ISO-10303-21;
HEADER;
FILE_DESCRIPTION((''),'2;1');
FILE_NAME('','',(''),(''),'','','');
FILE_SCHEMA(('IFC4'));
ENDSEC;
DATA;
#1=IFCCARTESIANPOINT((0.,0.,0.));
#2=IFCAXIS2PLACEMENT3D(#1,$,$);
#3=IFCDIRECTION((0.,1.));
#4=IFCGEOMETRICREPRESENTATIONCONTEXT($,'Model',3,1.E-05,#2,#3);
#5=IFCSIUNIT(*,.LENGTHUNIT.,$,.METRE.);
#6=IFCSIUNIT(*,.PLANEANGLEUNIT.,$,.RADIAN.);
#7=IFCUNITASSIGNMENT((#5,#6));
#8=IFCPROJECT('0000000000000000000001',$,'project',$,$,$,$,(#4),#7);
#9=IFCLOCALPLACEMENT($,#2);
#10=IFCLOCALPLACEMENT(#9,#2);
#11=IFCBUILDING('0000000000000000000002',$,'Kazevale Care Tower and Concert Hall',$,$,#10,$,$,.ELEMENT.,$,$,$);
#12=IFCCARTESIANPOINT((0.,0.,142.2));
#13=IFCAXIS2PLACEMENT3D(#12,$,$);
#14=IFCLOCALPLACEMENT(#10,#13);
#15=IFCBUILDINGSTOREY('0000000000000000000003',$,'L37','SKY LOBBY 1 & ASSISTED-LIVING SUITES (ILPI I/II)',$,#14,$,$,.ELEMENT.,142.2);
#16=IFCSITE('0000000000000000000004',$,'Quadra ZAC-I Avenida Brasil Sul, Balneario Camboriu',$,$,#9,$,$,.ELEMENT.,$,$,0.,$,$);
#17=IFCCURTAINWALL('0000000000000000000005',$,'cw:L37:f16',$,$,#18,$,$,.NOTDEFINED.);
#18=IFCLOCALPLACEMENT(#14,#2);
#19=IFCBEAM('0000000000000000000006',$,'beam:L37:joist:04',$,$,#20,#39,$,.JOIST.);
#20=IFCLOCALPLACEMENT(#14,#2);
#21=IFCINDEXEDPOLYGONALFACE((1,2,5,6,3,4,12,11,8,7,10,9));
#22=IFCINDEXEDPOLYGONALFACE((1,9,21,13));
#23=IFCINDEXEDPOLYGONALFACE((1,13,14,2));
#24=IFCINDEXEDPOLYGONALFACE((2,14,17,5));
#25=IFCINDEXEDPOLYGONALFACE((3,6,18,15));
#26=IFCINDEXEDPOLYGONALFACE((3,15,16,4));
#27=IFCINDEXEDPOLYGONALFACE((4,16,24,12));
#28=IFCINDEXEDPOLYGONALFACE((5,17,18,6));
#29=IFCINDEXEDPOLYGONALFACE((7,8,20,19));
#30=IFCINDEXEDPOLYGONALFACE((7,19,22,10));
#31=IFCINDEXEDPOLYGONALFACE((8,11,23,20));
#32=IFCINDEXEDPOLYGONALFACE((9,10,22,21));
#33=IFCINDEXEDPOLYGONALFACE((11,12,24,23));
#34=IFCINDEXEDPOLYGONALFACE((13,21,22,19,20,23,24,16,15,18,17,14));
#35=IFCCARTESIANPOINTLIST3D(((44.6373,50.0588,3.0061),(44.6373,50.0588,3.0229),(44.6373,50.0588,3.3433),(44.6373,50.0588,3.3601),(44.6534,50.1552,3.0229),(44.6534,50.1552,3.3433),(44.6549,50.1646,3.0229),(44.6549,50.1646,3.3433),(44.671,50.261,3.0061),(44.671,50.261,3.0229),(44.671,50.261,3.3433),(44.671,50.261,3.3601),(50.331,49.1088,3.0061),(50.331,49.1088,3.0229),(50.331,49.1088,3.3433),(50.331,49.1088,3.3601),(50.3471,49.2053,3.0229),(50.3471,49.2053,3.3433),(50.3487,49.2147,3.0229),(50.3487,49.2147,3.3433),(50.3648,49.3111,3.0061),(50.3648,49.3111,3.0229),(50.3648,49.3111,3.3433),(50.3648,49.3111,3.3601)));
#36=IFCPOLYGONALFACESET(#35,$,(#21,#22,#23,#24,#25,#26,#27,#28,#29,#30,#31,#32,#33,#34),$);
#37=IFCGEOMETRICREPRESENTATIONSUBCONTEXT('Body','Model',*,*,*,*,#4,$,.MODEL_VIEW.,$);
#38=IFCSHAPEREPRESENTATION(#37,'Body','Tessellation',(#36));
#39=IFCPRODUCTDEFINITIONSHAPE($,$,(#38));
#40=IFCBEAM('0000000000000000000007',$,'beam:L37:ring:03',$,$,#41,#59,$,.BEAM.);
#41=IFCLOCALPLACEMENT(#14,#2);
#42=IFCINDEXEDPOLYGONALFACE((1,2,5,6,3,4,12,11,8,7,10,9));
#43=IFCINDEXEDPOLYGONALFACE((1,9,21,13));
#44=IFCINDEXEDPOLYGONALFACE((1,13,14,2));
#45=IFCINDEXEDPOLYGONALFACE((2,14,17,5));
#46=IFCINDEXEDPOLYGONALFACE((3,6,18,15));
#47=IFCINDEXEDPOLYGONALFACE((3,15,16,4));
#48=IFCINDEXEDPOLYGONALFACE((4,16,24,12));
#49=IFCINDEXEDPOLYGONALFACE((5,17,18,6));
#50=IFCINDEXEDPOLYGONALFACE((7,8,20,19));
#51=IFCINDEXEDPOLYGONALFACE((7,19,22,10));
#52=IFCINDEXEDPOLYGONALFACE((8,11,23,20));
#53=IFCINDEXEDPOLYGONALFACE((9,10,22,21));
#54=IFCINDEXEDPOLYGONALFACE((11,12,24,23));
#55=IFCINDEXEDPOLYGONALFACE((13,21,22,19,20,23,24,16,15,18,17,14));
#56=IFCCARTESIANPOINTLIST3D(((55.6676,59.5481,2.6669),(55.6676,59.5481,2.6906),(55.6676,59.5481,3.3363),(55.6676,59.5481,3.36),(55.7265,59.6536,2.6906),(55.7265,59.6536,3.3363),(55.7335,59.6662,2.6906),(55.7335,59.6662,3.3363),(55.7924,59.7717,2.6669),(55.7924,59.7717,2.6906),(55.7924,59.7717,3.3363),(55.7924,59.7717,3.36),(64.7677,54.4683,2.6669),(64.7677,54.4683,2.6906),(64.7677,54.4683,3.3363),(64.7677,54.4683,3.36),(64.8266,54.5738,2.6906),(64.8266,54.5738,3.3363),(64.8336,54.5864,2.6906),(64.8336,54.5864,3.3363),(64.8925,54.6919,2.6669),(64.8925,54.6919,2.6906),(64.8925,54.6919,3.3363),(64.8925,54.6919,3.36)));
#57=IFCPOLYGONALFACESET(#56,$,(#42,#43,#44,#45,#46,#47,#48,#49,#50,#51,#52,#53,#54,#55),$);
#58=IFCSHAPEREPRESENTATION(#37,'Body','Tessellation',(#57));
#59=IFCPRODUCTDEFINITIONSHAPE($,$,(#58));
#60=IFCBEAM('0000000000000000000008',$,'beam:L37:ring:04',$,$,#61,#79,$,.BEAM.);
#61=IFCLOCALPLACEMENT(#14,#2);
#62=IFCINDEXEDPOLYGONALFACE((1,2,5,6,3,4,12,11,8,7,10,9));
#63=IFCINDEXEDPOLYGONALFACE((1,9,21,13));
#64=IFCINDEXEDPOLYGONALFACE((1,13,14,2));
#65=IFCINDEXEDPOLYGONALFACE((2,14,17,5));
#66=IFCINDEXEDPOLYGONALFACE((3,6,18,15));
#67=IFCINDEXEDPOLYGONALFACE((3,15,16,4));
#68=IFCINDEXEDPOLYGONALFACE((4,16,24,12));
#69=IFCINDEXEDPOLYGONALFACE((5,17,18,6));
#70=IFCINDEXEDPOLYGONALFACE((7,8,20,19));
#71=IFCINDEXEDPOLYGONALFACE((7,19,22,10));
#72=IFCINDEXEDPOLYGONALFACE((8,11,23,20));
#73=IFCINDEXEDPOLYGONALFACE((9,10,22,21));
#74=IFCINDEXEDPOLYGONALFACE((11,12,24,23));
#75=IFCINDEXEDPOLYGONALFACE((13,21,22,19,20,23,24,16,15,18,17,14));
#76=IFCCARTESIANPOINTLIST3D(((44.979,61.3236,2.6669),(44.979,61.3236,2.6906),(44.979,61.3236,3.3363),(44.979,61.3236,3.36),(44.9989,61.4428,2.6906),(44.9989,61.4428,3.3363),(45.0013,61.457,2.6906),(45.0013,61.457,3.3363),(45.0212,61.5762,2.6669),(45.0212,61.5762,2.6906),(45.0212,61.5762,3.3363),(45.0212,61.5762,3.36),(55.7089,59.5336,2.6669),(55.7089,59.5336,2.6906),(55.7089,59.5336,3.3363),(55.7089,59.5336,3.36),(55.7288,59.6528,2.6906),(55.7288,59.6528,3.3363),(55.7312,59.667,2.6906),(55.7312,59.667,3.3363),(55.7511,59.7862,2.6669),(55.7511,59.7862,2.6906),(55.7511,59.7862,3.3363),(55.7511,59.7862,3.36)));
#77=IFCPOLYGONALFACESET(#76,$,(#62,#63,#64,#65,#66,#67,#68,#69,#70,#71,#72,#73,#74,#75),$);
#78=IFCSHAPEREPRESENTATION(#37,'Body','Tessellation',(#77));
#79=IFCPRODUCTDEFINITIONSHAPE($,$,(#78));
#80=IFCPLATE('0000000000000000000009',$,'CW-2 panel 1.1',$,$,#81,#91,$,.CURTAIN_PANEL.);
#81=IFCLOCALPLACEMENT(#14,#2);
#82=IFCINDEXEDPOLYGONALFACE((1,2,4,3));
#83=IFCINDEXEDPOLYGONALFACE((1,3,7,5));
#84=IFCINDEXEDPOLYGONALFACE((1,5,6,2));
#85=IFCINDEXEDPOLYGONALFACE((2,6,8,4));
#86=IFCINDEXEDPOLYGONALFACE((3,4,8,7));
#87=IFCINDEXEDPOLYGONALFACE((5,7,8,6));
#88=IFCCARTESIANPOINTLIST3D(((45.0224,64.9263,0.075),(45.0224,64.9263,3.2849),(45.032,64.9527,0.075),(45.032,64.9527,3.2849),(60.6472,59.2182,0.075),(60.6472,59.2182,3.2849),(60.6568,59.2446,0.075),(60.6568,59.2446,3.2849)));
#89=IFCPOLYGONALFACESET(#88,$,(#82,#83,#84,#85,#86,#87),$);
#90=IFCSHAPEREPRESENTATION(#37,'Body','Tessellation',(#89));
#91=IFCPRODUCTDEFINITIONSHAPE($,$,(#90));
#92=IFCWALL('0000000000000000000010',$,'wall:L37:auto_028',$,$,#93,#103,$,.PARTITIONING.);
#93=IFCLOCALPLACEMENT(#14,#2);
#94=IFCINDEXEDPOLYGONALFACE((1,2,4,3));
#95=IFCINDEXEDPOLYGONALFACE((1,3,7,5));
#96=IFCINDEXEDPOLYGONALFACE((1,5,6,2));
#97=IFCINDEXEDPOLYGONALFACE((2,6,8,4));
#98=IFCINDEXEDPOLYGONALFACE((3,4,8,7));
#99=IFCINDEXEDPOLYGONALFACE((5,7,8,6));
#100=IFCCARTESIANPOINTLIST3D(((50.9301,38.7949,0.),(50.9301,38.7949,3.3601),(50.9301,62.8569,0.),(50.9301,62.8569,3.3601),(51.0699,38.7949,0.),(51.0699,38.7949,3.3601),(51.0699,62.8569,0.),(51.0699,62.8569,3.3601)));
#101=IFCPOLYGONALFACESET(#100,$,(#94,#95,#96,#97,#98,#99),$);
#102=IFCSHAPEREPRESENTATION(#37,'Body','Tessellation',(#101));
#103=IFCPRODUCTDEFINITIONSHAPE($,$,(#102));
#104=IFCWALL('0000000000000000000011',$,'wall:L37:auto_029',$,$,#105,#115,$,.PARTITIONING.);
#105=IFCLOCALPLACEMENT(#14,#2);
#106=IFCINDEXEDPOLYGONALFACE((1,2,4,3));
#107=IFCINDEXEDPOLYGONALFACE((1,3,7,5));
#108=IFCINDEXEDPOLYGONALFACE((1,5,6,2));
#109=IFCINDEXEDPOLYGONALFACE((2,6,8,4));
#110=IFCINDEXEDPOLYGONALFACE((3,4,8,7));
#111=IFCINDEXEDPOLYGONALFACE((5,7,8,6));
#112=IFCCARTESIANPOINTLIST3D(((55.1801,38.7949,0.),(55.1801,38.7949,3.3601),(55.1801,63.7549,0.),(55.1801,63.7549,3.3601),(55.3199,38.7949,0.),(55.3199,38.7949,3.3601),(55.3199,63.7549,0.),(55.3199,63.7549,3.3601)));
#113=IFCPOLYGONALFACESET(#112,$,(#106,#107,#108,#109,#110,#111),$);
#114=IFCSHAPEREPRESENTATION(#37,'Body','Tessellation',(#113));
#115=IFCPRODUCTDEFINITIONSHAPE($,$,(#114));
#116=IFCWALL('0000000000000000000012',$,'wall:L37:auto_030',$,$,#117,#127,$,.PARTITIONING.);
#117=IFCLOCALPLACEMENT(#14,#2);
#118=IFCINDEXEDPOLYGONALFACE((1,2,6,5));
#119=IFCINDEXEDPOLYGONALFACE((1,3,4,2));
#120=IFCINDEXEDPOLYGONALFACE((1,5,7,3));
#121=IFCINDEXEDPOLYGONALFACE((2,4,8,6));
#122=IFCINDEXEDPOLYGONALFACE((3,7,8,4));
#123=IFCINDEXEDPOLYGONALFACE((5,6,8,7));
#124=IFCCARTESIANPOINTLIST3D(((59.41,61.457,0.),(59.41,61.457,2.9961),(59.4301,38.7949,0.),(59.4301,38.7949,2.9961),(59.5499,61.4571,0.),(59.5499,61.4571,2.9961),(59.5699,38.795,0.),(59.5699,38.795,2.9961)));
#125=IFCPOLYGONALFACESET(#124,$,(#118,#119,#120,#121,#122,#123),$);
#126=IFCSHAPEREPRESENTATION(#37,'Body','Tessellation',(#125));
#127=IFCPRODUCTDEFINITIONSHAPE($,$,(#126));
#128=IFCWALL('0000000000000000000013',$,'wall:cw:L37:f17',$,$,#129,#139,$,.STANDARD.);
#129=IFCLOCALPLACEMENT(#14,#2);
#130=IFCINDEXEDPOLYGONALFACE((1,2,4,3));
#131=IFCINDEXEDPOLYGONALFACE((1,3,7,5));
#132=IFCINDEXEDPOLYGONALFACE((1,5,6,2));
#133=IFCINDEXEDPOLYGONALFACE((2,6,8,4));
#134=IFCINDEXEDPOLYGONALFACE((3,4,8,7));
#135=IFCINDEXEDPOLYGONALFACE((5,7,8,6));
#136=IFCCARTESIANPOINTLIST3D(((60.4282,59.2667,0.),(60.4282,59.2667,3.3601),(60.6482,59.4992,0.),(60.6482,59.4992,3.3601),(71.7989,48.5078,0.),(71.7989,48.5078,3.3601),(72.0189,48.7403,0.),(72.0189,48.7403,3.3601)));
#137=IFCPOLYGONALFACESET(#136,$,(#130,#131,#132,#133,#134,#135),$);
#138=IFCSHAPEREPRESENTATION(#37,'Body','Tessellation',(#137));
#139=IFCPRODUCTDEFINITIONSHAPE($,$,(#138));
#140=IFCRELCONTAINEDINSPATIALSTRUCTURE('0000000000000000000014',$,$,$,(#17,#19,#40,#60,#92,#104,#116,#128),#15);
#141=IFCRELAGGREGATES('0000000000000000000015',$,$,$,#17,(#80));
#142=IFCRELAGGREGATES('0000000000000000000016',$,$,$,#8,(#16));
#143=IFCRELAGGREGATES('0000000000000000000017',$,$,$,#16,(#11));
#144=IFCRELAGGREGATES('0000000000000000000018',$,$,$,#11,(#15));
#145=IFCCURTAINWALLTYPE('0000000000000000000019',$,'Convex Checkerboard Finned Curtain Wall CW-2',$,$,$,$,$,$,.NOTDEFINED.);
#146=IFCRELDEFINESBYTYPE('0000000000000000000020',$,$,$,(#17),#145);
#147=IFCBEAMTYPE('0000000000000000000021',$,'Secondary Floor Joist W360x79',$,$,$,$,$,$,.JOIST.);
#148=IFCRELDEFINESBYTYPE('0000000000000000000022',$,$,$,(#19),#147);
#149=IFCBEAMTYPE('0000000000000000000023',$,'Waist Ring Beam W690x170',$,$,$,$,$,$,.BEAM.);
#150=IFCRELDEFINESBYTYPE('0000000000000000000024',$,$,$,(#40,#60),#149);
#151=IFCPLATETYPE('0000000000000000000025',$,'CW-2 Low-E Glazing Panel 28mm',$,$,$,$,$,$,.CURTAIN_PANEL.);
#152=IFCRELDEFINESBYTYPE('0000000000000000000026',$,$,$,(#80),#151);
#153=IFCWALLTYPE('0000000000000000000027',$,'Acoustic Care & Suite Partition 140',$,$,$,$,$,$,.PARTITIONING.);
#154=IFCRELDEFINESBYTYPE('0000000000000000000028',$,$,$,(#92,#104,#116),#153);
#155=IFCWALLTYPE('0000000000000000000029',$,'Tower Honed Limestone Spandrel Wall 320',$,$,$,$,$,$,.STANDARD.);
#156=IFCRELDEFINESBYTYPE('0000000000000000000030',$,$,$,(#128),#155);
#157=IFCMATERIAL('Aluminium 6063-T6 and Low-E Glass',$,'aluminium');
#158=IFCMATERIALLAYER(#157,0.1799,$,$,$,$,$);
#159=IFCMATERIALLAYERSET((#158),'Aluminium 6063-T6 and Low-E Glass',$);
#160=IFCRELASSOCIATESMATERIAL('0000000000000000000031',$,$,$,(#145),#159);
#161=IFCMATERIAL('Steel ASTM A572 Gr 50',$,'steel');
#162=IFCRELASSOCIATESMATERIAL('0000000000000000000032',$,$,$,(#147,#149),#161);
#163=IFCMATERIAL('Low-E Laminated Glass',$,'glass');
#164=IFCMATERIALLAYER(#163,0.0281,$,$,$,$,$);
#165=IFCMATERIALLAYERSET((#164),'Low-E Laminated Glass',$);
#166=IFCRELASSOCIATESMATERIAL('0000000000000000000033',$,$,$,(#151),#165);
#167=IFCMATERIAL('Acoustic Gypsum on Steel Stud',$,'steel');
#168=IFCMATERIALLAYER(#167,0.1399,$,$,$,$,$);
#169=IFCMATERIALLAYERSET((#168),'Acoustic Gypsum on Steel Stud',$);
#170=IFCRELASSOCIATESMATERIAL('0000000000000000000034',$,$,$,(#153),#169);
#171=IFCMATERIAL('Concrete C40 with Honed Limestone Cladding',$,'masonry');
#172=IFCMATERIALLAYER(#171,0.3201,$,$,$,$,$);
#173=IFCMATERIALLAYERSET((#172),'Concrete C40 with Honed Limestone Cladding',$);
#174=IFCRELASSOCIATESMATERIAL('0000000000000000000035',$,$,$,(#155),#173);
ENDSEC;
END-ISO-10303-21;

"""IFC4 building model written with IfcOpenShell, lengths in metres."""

from ifc_helpers import new_model, si_unit, direction, frame, frame_2d, origin, origin_2d, place, context, subcontext, project, spatial, rectangle, i_section, extrude, material, layer, layer_set, material_profile, profile_set, type_object, element, aggregate, save


model = new_model("IFC4")

# Units and contexts
model_context = context("Model", 3, precision=1e-05, world=origin(), true_north=direction((0.0, 1.0)))
body_context = subcontext(model_context, "Body", "Model", "MODEL_VIEW")
ifc_project = project(units=[si_unit("LENGTHUNIT", "METRE"), si_unit("PLANEANGLEUNIT", "RADIAN")], contexts=[model_context])

# Site, building, storey
site_placement = place(None, origin())
site = spatial("IfcSite", under=ifc_project, at=site_placement, Name="Quadra ZAC-I Avenida Brasil Sul, Balneario Camboriu", CompositionType="ELEMENT", RefElevation=0.0)
building_placement = place(site_placement, origin())
building = spatial("IfcBuilding", under=site, at=building_placement, Name="Kazevale Care Tower and Concert Hall", CompositionType="ELEMENT")
storey_placement = place(building_placement, frame((0.0, 0.0, 142.2)))
storey = spatial("IfcBuildingStorey", under=building, at=storey_placement, Name="L37", Description="SKY LOBBY 1 & ASSISTED-LIVING SUITES (ILPI I/II)", CompositionType="ELEMENT", Elevation=142.2)

# Curtain wall
ifc_material_1 = material(Name="Aluminium 6063-T6 and Low-E Glass", Category="aluminium")
ifc_layer_1 = layer(ifc_material_1, 0.1799)
ifc_layer_set_1 = layer_set([ifc_layer_1], Name="Aluminium 6063-T6 and Low-E Glass")
curtain_wall_type_1 = type_object("IfcCurtainWallType", Name="Convex Checkerboard Finned Curtain Wall CW-2", PredefinedType="NOTDEFINED", material=ifc_layer_set_1)
curtain_wall_1_placement = place(storey_placement, origin())
curtain_wall_1 = element("IfcCurtainWall", 1, at=curtain_wall_1_placement, inside=storey, type_object=curtain_wall_type_1, Name="cw:L37:f16", PredefinedType="NOTDEFINED")

# Beams
ifc_material_2 = material(Name="Steel ASTM A572 Gr 50", Category="steel")
ifc_material_profile_1 = material_profile(ifc_material_2, i_section(OverallWidth=0.2051, OverallDepth=0.354, WebThickness=0.0095, FlangeThickness=0.0168, at=origin_2d()), Name="W360x79")
ifc_profile_set_1 = profile_set([ifc_material_profile_1], Name="Steel ASTM A572 Gr 50")
beam_type_1 = type_object("IfcBeamType", Name="Secondary Floor Joist W360x79", PredefinedType="JOIST", material=ifc_profile_set_1)
beam_1_placement = place(storey_placement, frame((50.3479, 49.21, 3.1831), z_axis=(-0.986366, 0.164564, 0.0), x_axis=(-0.164564, -0.986366, 0.0)))
element("IfcBeam", 2, at=beam_1_placement, inside=storey, type_object=beam_type_1, Name="beam:L37:joist:04", PredefinedType="JOIST", context=body_context, shape_type="SweptSolid", body=[
    extrude(i_section(OverallWidth=0.2051, OverallDepth=0.354, WebThickness=0.0095, FlangeThickness=0.0168, at=origin_2d()), origin(), (0.0, 0.0, 1.0), 5.7725),
])
ifc_material_profile_2 = material_profile(ifc_material_2, i_section(OverallWidth=0.2561, OverallDepth=0.6931, WebThickness=0.0144, FlangeThickness=0.0237, at=origin_2d()), Name="W690x170")
ifc_profile_set_2 = profile_set([ifc_material_profile_2], Name="Steel ASTM A572 Gr 50")
beam_type_2 = type_object("IfcBeamType", Name="Waist Ring Beam W690x170", PredefinedType="BEAM", material=ifc_profile_set_2)
beam_2_placement = place(storey_placement, frame((64.8301, 54.5801, 3.0134), z_axis=(-0.873169, 0.487418, 0.0), x_axis=(-0.487418, -0.873169, 0.0)))
element("IfcBeam", 3, at=beam_2_placement, inside=storey, type_object=beam_type_2, Name="beam:L37:ring:03", PredefinedType="BEAM", context=body_context, shape_type="SweptSolid", body=[
    extrude(i_section(OverallWidth=0.2561, OverallDepth=0.6931, WebThickness=0.0144, FlangeThickness=0.0237, at=origin_2d()), origin(), (0.0, 0.0, 1.0), 10.4219),
])
beam_3_placement = place(storey_placement, frame((55.73, 59.6599, 3.0134), z_axis=(-0.986368, 0.164552, 0.0), x_axis=(-0.164552, -0.986368, 0.0)))
element("IfcBeam", 4, at=beam_3_placement, inside=storey, type_object=beam_type_2, Name="beam:L37:ring:04", PredefinedType="BEAM", context=body_context, shape_type="SweptSolid", body=[
    extrude(i_section(OverallWidth=0.2561, OverallDepth=0.6931, WebThickness=0.0144, FlangeThickness=0.0237, at=origin_2d()), origin(), (0.0, 0.0, 1.0), 10.8782),
])

# Plate
ifc_material_3 = material(Name="Low-E Laminated Glass", Category="glass")
ifc_layer_2 = layer(ifc_material_3, 0.0281)
ifc_layer_set_2 = layer_set([ifc_layer_2], Name="Low-E Laminated Glass")
plate_type = type_object("IfcPlateType", Name="CW-2 Low-E Glazing Panel 28mm", PredefinedType="CURTAIN_PANEL", material=ifc_layer_set_2)
plate_placement = place(storey_placement, frame((52.8396, 62.0854, 0.075), z_axis=(0.0, 0.0, 1.0), x_axis=(0.939283, -0.343143, 0.0)))
plate = element("IfcPlate", 5, at=plate_placement, type_object=plate_type, Name="CW-2 panel 1.1", PredefinedType="CURTAIN_PANEL", context=body_context, shape_type="SweptSolid", body=[
    extrude(rectangle(XDim=16.6348, YDim=0.0281, at=origin_2d()), origin(), (0.0, 0.0, 1.0), 3.21),
])
aggregate(curtain_wall_1, [plate])

# Walls
ifc_material_4 = material(Name="Acoustic Gypsum on Steel Stud", Category="steel")
ifc_layer_3 = layer(ifc_material_4, 0.1399)
ifc_layer_set_3 = layer_set([ifc_layer_3], Name="Acoustic Gypsum on Steel Stud")
wall_type_1 = type_object("IfcWallType", Name="Acoustic Care & Suite Partition 140", PredefinedType="PARTITIONING", material=ifc_layer_set_3)
wall_1_placement = place(storey_placement, frame((51.0, 62.8569, 0.0), z_axis=(0.0, 0.0, 1.0), x_axis=(0.0, -1.0, 0.0)))
element("IfcWall", 6, at=wall_1_placement, inside=storey, type_object=wall_type_1, Name="wall:L37:auto_028", PredefinedType="PARTITIONING", context=body_context, shape_type="SweptSolid", body=[
    extrude(rectangle(XDim=24.062, YDim=0.1399, at=frame_2d((12.031, 0.0))), origin(), (0.0, 0.0, 1.0), 3.3601),
])
wall_2_placement = place(storey_placement, frame((55.25, 63.7549, 0.0), z_axis=(0.0, 0.0, 1.0), x_axis=(0.0, -1.0, 0.0)))
element("IfcWall", 7, at=wall_2_placement, inside=storey, type_object=wall_type_1, Name="wall:L37:auto_029", PredefinedType="PARTITIONING", context=body_context, shape_type="SweptSolid", body=[
    extrude(rectangle(XDim=24.96, YDim=0.1399, at=frame_2d((12.48, 0.0))), origin(), (0.0, 0.0, 1.0), 3.3601),
])
wall_3_placement = place(storey_placement, frame((59.48, 61.457, 0.0), z_axis=(0.0, 0.0, 1.0), x_axis=(0.000883, -1.0, 0.0)))
element("IfcWall", 8, at=wall_3_placement, inside=storey, type_object=wall_type_1, Name="wall:L37:auto_030", PredefinedType="PARTITIONING", context=body_context, shape_type="SweptSolid", body=[
    extrude(rectangle(XDim=22.6621, YDim=0.1399, at=frame_2d((11.3311, 0.0))), origin(), (0.0, 0.0, 1.0), 2.9961),
])
ifc_material_5 = material(Name="Concrete C40 with Honed Limestone Cladding", Category="masonry")
ifc_layer_4 = layer(ifc_material_5, 0.3201)
ifc_layer_set_4 = layer_set([ifc_layer_4], Name="Concrete C40 with Honed Limestone Cladding")
wall_type_2 = type_object("IfcWallType", Name="Tower Honed Limestone Spandrel Wall 320", PredefinedType="STANDARD", material=ifc_layer_set_4)
wall_4_placement = place(storey_placement, frame((60.5381, 59.3831, 0.0), z_axis=(0.0, 0.0, 1.0), x_axis=(0.726378, -0.687295, 0.0)))
element("IfcWall", 9, at=wall_4_placement, inside=storey, type_object=wall_type_2, Name="wall:cw:L37:f17", PredefinedType="STANDARD", context=body_context, shape_type="SweptSolid", body=[
    extrude(rectangle(XDim=15.6541, YDim=0.3201, at=frame_2d((7.8271, 0.0))), origin(), (0.0, 0.0, 1.0), 3.3601),
])

save(model, "model.ifc")
